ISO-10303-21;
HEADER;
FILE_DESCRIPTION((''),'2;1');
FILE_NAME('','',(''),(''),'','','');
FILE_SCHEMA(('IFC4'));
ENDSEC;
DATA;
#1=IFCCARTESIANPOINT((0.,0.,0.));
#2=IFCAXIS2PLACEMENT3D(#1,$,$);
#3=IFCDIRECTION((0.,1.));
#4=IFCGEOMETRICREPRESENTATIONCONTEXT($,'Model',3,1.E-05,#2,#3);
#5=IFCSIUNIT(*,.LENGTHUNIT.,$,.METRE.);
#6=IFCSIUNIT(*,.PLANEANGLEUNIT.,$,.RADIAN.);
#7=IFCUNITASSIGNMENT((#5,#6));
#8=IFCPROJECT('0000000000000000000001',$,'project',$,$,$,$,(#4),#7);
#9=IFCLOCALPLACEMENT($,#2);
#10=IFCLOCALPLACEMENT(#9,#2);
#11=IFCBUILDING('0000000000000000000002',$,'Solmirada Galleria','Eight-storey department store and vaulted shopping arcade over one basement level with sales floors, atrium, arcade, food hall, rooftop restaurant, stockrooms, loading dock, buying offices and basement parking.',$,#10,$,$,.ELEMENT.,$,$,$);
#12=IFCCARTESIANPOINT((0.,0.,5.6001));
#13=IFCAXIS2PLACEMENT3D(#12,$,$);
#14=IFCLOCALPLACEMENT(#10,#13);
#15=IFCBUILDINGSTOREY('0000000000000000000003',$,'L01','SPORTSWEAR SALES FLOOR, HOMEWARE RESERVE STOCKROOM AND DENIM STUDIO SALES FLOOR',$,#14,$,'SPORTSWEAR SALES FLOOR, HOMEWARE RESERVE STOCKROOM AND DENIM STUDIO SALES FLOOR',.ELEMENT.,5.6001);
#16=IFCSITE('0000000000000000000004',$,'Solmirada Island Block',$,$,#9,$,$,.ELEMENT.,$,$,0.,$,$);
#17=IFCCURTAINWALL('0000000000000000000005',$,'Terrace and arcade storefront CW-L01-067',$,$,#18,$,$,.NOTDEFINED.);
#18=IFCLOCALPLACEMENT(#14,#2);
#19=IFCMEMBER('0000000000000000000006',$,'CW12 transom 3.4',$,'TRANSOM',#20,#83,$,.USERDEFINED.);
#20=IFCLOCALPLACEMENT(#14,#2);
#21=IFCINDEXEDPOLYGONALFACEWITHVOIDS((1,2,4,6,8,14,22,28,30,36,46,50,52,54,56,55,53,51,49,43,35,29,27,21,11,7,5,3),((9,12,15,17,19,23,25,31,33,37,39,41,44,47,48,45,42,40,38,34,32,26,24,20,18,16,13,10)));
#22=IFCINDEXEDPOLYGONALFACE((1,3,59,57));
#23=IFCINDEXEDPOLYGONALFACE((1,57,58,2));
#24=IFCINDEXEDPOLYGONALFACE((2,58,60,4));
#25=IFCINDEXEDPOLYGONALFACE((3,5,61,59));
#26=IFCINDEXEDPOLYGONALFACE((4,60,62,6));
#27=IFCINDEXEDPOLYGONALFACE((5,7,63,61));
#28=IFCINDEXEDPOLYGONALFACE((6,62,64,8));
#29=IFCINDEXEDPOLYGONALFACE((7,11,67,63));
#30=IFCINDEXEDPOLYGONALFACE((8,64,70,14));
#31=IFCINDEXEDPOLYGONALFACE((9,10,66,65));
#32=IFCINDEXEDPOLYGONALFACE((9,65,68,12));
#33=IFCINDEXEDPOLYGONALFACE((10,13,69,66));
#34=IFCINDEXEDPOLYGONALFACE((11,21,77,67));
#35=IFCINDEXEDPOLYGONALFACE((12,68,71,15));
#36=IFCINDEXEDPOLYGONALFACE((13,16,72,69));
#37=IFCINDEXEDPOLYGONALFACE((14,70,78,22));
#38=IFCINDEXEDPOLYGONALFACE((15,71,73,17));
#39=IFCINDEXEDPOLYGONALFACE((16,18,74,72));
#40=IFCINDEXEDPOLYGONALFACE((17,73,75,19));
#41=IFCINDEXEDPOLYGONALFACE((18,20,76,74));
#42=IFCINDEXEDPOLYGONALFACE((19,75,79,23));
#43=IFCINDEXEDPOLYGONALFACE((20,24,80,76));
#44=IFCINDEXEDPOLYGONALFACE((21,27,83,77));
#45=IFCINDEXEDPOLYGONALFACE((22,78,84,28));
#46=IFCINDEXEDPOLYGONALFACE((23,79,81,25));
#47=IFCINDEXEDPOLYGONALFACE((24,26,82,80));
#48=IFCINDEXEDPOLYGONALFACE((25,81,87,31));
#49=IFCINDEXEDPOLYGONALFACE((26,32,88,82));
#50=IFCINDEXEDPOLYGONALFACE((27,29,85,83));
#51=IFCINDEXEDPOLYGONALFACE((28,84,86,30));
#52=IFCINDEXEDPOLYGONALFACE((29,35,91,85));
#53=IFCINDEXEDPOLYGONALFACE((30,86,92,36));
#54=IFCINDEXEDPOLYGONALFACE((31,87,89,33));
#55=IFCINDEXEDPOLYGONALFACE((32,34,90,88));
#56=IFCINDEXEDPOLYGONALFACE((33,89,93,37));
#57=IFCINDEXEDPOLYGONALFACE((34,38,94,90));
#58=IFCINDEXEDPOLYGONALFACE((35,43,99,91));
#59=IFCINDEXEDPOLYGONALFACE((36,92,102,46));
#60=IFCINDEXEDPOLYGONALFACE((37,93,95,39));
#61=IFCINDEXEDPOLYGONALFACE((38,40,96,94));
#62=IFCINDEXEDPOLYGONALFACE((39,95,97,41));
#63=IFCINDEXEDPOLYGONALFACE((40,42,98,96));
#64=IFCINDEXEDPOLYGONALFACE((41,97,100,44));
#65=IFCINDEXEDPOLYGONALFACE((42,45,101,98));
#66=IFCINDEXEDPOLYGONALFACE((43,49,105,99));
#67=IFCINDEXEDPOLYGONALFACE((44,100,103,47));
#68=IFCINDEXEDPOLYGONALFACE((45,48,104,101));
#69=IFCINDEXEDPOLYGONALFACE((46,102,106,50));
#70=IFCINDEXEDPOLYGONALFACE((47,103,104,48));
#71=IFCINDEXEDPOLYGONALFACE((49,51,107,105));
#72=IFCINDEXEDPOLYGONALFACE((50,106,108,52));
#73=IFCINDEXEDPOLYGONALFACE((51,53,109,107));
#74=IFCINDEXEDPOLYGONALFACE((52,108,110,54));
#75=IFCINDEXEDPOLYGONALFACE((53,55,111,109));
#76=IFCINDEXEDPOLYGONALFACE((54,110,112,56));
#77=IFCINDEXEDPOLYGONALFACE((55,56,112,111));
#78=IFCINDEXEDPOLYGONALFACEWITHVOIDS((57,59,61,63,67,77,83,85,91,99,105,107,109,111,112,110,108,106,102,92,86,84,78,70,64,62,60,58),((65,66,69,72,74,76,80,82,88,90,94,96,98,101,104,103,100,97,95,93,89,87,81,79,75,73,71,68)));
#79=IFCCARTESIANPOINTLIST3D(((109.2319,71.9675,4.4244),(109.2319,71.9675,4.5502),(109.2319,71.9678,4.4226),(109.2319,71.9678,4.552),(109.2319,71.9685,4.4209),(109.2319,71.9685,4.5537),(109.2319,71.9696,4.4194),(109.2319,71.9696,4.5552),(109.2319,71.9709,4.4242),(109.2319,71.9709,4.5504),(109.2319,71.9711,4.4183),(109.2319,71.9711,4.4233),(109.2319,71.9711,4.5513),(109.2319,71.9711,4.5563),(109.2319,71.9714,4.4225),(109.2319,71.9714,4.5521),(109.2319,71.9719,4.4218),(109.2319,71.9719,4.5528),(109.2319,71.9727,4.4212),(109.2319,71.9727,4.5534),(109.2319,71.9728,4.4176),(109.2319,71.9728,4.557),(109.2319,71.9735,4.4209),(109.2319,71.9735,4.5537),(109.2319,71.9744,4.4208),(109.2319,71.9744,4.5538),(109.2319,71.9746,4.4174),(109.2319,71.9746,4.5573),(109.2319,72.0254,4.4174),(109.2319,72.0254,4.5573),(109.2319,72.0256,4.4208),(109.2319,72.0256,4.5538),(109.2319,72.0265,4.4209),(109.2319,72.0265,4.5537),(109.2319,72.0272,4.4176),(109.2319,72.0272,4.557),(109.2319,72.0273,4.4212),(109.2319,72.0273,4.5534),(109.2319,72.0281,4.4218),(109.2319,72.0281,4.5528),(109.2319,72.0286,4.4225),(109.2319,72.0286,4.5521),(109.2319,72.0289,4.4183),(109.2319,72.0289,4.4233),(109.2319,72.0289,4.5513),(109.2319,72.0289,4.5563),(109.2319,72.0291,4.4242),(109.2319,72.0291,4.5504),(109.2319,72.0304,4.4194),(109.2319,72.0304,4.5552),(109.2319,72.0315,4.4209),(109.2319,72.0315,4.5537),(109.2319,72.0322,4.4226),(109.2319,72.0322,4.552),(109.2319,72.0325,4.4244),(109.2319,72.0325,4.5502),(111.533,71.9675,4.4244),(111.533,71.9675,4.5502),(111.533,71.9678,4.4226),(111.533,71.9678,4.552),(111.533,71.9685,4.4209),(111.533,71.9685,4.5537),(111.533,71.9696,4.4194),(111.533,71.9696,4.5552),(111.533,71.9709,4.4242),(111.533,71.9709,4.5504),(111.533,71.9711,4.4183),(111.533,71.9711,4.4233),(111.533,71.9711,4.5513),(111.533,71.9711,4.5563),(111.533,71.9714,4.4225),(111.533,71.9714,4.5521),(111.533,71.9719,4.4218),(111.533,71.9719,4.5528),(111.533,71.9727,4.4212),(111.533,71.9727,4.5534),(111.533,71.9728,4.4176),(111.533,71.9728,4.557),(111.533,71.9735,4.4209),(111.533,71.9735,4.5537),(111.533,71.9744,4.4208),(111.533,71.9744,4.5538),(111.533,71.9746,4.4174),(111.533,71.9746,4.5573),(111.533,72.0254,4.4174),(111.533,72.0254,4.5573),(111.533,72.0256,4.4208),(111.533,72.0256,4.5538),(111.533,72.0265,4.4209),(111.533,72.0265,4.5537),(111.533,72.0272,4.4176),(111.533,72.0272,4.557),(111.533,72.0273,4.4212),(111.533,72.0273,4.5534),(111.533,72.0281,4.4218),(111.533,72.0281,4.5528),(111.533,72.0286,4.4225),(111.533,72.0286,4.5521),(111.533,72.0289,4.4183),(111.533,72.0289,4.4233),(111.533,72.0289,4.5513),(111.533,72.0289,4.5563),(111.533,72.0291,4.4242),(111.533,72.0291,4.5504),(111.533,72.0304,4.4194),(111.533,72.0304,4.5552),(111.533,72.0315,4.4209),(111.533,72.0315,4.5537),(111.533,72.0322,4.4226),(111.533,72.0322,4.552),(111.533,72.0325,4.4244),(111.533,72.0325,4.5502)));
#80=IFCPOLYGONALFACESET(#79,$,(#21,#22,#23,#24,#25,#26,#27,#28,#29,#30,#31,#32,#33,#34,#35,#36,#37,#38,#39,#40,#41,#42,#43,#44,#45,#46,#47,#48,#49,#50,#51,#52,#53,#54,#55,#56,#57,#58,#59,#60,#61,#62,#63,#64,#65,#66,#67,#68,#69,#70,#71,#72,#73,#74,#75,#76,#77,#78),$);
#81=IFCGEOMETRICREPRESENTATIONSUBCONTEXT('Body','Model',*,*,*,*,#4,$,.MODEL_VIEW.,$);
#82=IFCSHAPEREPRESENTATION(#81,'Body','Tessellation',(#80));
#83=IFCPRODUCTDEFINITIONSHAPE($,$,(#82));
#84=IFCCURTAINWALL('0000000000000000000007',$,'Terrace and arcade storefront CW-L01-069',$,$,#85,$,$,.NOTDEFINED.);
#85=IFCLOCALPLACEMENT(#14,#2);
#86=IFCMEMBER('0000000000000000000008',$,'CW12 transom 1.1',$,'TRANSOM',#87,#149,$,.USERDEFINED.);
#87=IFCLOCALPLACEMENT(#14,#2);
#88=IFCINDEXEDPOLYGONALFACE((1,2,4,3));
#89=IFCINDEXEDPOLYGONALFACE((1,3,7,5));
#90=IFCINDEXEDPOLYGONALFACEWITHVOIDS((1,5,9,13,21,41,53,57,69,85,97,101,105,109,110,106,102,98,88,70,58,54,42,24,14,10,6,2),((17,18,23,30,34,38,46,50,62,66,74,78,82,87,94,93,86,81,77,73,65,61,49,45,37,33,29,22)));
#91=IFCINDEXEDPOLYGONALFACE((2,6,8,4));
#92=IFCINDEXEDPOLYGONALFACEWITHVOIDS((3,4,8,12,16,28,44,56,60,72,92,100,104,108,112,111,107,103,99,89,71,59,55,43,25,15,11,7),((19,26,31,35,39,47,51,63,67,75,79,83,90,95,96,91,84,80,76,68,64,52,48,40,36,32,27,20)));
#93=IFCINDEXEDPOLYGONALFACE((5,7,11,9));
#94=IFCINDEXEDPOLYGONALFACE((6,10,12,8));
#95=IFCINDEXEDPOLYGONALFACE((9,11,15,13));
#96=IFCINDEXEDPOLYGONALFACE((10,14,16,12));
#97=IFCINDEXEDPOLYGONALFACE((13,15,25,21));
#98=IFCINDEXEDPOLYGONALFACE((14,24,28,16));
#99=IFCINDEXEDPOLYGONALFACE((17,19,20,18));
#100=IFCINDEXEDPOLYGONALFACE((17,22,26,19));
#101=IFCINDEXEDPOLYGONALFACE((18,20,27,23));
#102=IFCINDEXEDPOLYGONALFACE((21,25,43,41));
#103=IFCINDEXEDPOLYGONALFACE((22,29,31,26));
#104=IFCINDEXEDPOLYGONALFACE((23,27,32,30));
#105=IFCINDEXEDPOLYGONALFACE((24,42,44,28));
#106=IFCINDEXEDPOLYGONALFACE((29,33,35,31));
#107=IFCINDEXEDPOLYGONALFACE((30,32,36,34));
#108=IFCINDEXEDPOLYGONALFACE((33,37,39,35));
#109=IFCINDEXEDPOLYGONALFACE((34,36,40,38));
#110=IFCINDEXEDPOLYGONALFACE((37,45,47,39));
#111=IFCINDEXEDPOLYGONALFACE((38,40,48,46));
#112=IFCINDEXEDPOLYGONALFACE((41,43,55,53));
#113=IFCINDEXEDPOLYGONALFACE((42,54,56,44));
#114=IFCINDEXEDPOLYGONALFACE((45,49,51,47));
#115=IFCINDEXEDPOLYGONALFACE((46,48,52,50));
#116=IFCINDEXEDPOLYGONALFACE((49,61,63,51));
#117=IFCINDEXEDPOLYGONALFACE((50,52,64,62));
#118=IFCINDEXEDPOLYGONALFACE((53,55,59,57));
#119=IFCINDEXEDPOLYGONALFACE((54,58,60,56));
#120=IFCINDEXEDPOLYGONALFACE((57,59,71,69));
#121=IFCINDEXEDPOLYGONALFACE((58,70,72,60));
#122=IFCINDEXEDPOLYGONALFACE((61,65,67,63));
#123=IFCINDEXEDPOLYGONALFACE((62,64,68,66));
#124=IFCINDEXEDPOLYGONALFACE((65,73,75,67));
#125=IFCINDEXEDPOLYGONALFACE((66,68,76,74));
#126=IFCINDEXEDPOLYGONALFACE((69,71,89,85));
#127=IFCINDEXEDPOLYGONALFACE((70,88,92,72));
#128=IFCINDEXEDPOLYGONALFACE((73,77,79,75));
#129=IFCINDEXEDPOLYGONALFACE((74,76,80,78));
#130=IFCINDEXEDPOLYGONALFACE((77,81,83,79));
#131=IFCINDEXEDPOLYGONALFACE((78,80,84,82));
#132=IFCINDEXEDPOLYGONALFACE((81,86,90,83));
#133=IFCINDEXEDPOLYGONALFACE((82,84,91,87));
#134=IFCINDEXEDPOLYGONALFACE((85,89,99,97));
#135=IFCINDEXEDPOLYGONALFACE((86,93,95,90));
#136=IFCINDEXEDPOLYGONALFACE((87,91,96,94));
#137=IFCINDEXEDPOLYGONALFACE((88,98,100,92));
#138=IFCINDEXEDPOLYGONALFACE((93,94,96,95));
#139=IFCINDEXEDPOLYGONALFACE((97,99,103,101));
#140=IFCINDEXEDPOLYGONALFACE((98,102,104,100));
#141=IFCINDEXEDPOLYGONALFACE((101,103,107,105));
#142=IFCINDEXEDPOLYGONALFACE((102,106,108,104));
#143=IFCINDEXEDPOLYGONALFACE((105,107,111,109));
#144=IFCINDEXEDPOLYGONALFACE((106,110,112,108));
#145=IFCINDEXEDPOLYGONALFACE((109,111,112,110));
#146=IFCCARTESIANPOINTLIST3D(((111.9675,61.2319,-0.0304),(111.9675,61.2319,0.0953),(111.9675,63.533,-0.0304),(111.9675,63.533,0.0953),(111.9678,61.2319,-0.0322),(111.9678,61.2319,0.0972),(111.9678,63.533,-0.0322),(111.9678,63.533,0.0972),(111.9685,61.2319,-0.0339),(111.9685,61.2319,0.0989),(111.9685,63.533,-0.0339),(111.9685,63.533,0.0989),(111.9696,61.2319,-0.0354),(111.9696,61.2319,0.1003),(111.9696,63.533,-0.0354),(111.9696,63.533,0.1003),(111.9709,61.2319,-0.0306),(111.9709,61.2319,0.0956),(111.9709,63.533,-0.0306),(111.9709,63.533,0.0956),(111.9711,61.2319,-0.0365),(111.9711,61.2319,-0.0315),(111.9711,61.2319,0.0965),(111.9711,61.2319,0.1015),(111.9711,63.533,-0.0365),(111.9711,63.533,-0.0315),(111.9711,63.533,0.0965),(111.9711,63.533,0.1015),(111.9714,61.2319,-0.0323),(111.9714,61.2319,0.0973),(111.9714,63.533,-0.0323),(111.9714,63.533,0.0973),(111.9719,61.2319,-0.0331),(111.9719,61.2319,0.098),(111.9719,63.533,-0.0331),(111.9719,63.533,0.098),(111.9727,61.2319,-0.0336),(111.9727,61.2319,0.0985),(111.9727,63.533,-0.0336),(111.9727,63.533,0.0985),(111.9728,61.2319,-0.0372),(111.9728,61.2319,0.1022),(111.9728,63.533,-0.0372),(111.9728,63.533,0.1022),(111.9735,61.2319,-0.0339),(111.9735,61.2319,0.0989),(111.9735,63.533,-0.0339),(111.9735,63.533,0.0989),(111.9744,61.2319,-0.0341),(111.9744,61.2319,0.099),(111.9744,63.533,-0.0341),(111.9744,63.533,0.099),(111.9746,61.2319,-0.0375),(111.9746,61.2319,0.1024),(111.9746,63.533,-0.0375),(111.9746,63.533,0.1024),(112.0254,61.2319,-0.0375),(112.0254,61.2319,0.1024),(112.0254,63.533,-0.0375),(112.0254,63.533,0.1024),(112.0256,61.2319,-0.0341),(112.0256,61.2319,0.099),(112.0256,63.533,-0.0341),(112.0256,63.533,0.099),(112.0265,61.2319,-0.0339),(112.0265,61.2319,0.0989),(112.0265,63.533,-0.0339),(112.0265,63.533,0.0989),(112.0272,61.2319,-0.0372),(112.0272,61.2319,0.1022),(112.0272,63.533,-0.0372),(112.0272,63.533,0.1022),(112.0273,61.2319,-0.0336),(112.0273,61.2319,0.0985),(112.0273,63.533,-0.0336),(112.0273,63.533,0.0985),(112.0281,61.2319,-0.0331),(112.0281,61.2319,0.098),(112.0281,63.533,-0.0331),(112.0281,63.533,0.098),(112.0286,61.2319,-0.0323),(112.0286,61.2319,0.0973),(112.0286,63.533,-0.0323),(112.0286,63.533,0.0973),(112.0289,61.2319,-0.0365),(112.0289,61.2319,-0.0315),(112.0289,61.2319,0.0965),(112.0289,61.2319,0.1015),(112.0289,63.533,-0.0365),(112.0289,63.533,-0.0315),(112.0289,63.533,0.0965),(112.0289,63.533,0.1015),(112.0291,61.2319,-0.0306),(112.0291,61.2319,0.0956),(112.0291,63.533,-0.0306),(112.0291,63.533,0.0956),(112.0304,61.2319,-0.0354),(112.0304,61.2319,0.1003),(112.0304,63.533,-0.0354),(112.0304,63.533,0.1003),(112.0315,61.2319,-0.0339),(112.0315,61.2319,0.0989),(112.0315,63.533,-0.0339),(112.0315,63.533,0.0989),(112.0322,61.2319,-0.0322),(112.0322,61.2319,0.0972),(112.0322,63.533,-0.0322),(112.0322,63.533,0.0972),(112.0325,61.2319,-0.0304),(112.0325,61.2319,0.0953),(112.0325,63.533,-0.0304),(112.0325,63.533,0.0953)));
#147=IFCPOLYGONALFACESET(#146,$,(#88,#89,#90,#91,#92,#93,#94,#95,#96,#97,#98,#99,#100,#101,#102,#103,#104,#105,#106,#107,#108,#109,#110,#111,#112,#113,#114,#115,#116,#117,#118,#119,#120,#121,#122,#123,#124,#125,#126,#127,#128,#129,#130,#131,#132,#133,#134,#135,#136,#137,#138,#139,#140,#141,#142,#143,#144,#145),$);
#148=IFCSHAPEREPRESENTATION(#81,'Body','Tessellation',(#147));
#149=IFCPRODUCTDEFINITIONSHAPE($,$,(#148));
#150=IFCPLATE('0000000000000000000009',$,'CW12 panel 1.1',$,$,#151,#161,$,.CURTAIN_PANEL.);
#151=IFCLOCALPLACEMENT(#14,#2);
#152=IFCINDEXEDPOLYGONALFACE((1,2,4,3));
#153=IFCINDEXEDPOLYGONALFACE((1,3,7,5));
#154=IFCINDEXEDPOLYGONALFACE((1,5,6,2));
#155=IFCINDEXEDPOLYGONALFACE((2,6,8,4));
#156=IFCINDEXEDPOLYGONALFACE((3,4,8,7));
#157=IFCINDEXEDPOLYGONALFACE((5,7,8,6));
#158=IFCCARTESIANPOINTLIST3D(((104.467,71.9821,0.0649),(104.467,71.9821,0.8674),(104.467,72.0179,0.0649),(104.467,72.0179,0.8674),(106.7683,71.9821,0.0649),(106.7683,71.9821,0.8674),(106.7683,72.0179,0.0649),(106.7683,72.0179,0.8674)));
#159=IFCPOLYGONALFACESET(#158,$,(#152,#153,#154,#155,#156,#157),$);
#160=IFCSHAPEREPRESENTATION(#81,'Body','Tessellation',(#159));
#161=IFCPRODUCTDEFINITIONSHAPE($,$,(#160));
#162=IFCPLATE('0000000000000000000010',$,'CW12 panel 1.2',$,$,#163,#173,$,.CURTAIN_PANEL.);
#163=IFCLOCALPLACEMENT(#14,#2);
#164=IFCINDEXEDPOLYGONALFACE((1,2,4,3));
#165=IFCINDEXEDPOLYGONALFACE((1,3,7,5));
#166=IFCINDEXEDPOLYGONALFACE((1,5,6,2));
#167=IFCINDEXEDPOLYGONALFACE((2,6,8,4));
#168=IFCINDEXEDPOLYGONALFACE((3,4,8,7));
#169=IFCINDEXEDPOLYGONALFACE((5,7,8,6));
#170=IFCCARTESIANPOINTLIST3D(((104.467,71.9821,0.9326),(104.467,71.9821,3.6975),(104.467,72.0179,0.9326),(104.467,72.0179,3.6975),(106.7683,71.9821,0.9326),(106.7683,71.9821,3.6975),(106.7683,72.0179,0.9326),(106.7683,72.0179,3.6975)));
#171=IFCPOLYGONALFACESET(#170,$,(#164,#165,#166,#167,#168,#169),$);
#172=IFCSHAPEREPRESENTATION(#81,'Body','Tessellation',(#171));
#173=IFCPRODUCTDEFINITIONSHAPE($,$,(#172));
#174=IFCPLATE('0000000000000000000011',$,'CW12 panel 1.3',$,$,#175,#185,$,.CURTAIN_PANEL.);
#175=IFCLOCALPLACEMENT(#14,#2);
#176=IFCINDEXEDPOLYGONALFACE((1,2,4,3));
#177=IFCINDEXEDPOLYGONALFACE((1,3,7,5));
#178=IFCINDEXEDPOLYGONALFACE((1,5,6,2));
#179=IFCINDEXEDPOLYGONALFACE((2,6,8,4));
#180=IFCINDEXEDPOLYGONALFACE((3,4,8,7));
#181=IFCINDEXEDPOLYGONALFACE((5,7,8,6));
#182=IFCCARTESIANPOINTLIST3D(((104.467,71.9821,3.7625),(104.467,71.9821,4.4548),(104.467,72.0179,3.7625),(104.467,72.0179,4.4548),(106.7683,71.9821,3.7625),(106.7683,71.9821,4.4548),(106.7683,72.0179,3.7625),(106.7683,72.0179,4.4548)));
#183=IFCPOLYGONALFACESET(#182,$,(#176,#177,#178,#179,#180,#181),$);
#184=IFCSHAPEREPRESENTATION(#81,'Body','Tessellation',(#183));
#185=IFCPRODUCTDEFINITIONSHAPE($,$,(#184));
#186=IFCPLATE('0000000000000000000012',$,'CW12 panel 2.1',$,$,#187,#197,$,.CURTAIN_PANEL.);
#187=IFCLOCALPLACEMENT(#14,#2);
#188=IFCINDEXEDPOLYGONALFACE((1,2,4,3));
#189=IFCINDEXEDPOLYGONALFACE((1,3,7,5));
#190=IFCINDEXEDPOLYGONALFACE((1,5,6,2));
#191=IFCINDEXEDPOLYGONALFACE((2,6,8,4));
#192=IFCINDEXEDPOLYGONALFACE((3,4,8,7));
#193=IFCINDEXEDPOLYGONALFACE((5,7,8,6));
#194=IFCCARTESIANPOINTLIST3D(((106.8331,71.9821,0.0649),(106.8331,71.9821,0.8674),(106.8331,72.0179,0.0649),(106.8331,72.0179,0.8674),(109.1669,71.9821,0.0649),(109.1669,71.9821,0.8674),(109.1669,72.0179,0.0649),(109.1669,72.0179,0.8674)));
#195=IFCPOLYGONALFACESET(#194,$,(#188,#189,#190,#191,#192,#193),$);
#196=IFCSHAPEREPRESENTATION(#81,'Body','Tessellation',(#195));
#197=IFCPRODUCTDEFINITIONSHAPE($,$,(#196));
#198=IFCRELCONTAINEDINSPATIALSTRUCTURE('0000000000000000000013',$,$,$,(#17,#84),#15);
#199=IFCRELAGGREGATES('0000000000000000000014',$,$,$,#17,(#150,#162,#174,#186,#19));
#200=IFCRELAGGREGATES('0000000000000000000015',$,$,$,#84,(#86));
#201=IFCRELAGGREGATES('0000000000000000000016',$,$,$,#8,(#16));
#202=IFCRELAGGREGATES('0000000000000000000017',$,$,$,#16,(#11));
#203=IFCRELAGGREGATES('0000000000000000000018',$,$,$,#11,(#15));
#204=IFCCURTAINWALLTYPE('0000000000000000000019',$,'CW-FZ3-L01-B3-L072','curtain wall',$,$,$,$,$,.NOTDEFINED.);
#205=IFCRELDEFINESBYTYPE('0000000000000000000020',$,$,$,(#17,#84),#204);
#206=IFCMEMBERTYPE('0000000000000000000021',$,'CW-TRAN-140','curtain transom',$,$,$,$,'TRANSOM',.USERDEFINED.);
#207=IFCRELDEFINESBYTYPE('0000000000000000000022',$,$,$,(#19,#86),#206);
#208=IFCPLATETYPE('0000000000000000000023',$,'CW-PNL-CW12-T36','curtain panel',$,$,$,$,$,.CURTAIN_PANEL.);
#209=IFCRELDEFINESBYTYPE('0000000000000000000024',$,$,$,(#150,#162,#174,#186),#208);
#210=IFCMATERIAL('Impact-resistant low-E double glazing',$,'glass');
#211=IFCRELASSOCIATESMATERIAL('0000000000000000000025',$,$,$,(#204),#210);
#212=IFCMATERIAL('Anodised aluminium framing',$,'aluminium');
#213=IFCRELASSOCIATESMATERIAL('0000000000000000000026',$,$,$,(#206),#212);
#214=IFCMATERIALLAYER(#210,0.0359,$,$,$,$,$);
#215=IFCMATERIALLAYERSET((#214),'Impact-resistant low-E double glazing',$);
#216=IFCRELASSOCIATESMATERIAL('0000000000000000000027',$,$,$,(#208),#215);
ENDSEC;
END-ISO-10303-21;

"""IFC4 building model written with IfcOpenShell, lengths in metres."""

from ifc_helpers import new_model, si_unit, direction, frame, origin, origin_2d, place, context, subcontext, project, spatial, rectangle, hollow_rectangle, extrude, material, layer, layer_set, material_profile, profile_set, type_object, element, aggregate, save


model = new_model("IFC4")

# Units and contexts
model_context = context("Model", 3, precision=1e-05, world=origin(), true_north=direction((0.0, 1.0)))
body_context = subcontext(model_context, "Body", "Model", "MODEL_VIEW")
ifc_project = project(units=[si_unit("LENGTHUNIT", "METRE"), si_unit("PLANEANGLEUNIT", "RADIAN")], contexts=[model_context])

# Site, building, storey
site_placement = place(None, origin())
site = spatial("IfcSite", under=ifc_project, at=site_placement, Name="Solmirada Island Block", CompositionType="ELEMENT", RefElevation=0.0)
building_placement = place(site_placement, origin())
building = spatial("IfcBuilding", under=site, at=building_placement, Name="Solmirada Galleria", Description="Eight-storey department store and vaulted shopping arcade over one basement level with sales floors, atrium, arcade, food hall, rooftop restaurant, stockrooms, loading dock, buying offices and basement parking.", CompositionType="ELEMENT")
storey_placement = place(building_placement, frame((0.0, 0.0, 5.6001)))
storey = spatial("IfcBuildingStorey", under=building, at=storey_placement, Name="L01", Description="SPORTSWEAR SALES FLOOR, HOMEWARE RESERVE STOCKROOM AND DENIM STUDIO SALES FLOOR", LongName="SPORTSWEAR SALES FLOOR, HOMEWARE RESERVE STOCKROOM AND DENIM STUDIO SALES FLOOR", CompositionType="ELEMENT", Elevation=5.6001)

# Curtain wall, member
ifc_material_1 = material(Name="Impact-resistant low-E double glazing", Category="glass")
curtain_wall_type = type_object("IfcCurtainWallType", Name="CW-FZ3-L01-B3-L072", Description="curtain wall", PredefinedType="NOTDEFINED", material=ifc_material_1)
curtain_wall_1_placement = place(storey_placement, origin())
curtain_wall_1 = element("IfcCurtainWall", 1, at=curtain_wall_1_placement, inside=storey, type_object=curtain_wall_type, Name="Terrace and arcade storefront CW-L01-067", PredefinedType="NOTDEFINED")
ifc_material_2 = material(Name="Anodised aluminium framing", Category="aluminium")
ifc_material_profile_1 = material_profile(ifc_material_2, hollow_rectangle(XDim=0.0649, YDim=0.1399, WallThickness=0.0034, InnerFilletRadius=0.0034, OuterFilletRadius=0.0071, at=origin_2d()), Name="ALU-TRAN-140X65")
ifc_profile_set_1 = profile_set([ifc_material_profile_1], Name="Anodised aluminium framing")
member_type_1 = type_object("IfcMemberType", Name="CW-TRAN-140", Description="curtain transom", ElementType="TRANSOM", PredefinedType="USERDEFINED", material=ifc_profile_set_1)
member_1_placement = place(storey_placement, frame((109.2319, 72.0, 4.4873), z_axis=(1.0, 0.0, 0.0), x_axis=(0.0, 1.0, 0.0)))
member_1 = element("IfcMember", 2, at=member_1_placement, type_object=member_type_1, Name="CW12 transom 3.4", ObjectType="TRANSOM", PredefinedType="USERDEFINED", context=body_context, shape_type="SweptSolid", body=[
    extrude(hollow_rectangle(XDim=0.0649, YDim=0.1399, WallThickness=0.0034, InnerFilletRadius=0.0034, OuterFilletRadius=0.0071, at=origin_2d()), origin(), (0.0, 0.0, 1.0), 2.301),
])

# Curtain wall, member
curtain_wall_2_placement = place(storey_placement, origin())
curtain_wall_2 = element("IfcCurtainWall", 3, at=curtain_wall_2_placement, inside=storey, type_object=curtain_wall_type, Name="Terrace and arcade storefront CW-L01-069", PredefinedType="NOTDEFINED")
member_2_placement = place(storey_placement, frame((112.0, 63.533, 0.0325), z_axis=(0.0, -1.0, 0.0), x_axis=(1.0, 0.0, 0.0)))
member_2 = element("IfcMember", 4, at=member_2_placement, type_object=member_type_1, Name="CW12 transom 1.1", ObjectType="TRANSOM", PredefinedType="USERDEFINED", context=body_context, shape_type="SweptSolid", body=[
    extrude(hollow_rectangle(XDim=0.0649, YDim=0.1399, WallThickness=0.0034, InnerFilletRadius=0.0034, OuterFilletRadius=0.0071, at=origin_2d()), origin(), (0.0, 0.0, 1.0), 2.301),
])

# Plates
ifc_layer = layer(ifc_material_1, 0.0359)
ifc_layer_set = layer_set([ifc_layer], Name="Impact-resistant low-E double glazing")
plate_type = type_object("IfcPlateType", Name="CW-PNL-CW12-T36", Description="curtain panel", PredefinedType="CURTAIN_PANEL", material=ifc_layer_set)
plate_1_placement = place(storey_placement, frame((105.6177, 72.0, 0.0649), z_axis=(0.0, 0.0, 1.0), x_axis=(1.0, 0.0, 0.0)))
plate_1 = element("IfcPlate", 5, at=plate_1_placement, type_object=plate_type, Name="CW12 panel 1.1", PredefinedType="CURTAIN_PANEL", context=body_context, shape_type="SweptSolid", body=[
    extrude(rectangle(XDim=2.3013, YDim=0.0359, at=origin_2d()), origin(), (0.0, 0.0, 1.0), 0.8025),
])
plate_2_placement = place(storey_placement, frame((105.6177, 72.0, 0.9326), z_axis=(0.0, 0.0, 1.0), x_axis=(1.0, 0.0, 0.0)))
plate_2 = element("IfcPlate", 6, at=plate_2_placement, type_object=plate_type, Name="CW12 panel 1.2", PredefinedType="CURTAIN_PANEL", context=body_context, shape_type="SweptSolid", body=[
    extrude(rectangle(XDim=2.3013, YDim=0.0359, at=origin_2d()), origin(), (0.0, 0.0, 1.0), 2.7649),
])
plate_3_placement = place(storey_placement, frame((105.6177, 72.0, 3.7625), z_axis=(0.0, 0.0, 1.0), x_axis=(1.0, 0.0, 0.0)))
plate_3 = element("IfcPlate", 7, at=plate_3_placement, type_object=plate_type, Name="CW12 panel 1.3", PredefinedType="CURTAIN_PANEL", context=body_context, shape_type="SweptSolid", body=[
    extrude(rectangle(XDim=2.3013, YDim=0.0359, at=origin_2d()), origin(), (0.0, 0.0, 1.0), 0.6924),
])
plate_4_placement = place(storey_placement, frame((108.0, 72.0, 0.0649), z_axis=(0.0, 0.0, 1.0), x_axis=(1.0, 0.0, 0.0)))
plate_4 = element("IfcPlate", 8, at=plate_4_placement, type_object=plate_type, Name="CW12 panel 2.1", PredefinedType="CURTAIN_PANEL", context=body_context, shape_type="SweptSolid", body=[
    extrude(rectangle(XDim=2.3337, YDim=0.0359, at=origin_2d()), origin(), (0.0, 0.0, 1.0), 0.8025),
])
aggregate(curtain_wall_1, [plate_1, plate_2, plate_3, plate_4, member_1])
aggregate(curtain_wall_2, [member_2])

save(model, "model.ifc")
